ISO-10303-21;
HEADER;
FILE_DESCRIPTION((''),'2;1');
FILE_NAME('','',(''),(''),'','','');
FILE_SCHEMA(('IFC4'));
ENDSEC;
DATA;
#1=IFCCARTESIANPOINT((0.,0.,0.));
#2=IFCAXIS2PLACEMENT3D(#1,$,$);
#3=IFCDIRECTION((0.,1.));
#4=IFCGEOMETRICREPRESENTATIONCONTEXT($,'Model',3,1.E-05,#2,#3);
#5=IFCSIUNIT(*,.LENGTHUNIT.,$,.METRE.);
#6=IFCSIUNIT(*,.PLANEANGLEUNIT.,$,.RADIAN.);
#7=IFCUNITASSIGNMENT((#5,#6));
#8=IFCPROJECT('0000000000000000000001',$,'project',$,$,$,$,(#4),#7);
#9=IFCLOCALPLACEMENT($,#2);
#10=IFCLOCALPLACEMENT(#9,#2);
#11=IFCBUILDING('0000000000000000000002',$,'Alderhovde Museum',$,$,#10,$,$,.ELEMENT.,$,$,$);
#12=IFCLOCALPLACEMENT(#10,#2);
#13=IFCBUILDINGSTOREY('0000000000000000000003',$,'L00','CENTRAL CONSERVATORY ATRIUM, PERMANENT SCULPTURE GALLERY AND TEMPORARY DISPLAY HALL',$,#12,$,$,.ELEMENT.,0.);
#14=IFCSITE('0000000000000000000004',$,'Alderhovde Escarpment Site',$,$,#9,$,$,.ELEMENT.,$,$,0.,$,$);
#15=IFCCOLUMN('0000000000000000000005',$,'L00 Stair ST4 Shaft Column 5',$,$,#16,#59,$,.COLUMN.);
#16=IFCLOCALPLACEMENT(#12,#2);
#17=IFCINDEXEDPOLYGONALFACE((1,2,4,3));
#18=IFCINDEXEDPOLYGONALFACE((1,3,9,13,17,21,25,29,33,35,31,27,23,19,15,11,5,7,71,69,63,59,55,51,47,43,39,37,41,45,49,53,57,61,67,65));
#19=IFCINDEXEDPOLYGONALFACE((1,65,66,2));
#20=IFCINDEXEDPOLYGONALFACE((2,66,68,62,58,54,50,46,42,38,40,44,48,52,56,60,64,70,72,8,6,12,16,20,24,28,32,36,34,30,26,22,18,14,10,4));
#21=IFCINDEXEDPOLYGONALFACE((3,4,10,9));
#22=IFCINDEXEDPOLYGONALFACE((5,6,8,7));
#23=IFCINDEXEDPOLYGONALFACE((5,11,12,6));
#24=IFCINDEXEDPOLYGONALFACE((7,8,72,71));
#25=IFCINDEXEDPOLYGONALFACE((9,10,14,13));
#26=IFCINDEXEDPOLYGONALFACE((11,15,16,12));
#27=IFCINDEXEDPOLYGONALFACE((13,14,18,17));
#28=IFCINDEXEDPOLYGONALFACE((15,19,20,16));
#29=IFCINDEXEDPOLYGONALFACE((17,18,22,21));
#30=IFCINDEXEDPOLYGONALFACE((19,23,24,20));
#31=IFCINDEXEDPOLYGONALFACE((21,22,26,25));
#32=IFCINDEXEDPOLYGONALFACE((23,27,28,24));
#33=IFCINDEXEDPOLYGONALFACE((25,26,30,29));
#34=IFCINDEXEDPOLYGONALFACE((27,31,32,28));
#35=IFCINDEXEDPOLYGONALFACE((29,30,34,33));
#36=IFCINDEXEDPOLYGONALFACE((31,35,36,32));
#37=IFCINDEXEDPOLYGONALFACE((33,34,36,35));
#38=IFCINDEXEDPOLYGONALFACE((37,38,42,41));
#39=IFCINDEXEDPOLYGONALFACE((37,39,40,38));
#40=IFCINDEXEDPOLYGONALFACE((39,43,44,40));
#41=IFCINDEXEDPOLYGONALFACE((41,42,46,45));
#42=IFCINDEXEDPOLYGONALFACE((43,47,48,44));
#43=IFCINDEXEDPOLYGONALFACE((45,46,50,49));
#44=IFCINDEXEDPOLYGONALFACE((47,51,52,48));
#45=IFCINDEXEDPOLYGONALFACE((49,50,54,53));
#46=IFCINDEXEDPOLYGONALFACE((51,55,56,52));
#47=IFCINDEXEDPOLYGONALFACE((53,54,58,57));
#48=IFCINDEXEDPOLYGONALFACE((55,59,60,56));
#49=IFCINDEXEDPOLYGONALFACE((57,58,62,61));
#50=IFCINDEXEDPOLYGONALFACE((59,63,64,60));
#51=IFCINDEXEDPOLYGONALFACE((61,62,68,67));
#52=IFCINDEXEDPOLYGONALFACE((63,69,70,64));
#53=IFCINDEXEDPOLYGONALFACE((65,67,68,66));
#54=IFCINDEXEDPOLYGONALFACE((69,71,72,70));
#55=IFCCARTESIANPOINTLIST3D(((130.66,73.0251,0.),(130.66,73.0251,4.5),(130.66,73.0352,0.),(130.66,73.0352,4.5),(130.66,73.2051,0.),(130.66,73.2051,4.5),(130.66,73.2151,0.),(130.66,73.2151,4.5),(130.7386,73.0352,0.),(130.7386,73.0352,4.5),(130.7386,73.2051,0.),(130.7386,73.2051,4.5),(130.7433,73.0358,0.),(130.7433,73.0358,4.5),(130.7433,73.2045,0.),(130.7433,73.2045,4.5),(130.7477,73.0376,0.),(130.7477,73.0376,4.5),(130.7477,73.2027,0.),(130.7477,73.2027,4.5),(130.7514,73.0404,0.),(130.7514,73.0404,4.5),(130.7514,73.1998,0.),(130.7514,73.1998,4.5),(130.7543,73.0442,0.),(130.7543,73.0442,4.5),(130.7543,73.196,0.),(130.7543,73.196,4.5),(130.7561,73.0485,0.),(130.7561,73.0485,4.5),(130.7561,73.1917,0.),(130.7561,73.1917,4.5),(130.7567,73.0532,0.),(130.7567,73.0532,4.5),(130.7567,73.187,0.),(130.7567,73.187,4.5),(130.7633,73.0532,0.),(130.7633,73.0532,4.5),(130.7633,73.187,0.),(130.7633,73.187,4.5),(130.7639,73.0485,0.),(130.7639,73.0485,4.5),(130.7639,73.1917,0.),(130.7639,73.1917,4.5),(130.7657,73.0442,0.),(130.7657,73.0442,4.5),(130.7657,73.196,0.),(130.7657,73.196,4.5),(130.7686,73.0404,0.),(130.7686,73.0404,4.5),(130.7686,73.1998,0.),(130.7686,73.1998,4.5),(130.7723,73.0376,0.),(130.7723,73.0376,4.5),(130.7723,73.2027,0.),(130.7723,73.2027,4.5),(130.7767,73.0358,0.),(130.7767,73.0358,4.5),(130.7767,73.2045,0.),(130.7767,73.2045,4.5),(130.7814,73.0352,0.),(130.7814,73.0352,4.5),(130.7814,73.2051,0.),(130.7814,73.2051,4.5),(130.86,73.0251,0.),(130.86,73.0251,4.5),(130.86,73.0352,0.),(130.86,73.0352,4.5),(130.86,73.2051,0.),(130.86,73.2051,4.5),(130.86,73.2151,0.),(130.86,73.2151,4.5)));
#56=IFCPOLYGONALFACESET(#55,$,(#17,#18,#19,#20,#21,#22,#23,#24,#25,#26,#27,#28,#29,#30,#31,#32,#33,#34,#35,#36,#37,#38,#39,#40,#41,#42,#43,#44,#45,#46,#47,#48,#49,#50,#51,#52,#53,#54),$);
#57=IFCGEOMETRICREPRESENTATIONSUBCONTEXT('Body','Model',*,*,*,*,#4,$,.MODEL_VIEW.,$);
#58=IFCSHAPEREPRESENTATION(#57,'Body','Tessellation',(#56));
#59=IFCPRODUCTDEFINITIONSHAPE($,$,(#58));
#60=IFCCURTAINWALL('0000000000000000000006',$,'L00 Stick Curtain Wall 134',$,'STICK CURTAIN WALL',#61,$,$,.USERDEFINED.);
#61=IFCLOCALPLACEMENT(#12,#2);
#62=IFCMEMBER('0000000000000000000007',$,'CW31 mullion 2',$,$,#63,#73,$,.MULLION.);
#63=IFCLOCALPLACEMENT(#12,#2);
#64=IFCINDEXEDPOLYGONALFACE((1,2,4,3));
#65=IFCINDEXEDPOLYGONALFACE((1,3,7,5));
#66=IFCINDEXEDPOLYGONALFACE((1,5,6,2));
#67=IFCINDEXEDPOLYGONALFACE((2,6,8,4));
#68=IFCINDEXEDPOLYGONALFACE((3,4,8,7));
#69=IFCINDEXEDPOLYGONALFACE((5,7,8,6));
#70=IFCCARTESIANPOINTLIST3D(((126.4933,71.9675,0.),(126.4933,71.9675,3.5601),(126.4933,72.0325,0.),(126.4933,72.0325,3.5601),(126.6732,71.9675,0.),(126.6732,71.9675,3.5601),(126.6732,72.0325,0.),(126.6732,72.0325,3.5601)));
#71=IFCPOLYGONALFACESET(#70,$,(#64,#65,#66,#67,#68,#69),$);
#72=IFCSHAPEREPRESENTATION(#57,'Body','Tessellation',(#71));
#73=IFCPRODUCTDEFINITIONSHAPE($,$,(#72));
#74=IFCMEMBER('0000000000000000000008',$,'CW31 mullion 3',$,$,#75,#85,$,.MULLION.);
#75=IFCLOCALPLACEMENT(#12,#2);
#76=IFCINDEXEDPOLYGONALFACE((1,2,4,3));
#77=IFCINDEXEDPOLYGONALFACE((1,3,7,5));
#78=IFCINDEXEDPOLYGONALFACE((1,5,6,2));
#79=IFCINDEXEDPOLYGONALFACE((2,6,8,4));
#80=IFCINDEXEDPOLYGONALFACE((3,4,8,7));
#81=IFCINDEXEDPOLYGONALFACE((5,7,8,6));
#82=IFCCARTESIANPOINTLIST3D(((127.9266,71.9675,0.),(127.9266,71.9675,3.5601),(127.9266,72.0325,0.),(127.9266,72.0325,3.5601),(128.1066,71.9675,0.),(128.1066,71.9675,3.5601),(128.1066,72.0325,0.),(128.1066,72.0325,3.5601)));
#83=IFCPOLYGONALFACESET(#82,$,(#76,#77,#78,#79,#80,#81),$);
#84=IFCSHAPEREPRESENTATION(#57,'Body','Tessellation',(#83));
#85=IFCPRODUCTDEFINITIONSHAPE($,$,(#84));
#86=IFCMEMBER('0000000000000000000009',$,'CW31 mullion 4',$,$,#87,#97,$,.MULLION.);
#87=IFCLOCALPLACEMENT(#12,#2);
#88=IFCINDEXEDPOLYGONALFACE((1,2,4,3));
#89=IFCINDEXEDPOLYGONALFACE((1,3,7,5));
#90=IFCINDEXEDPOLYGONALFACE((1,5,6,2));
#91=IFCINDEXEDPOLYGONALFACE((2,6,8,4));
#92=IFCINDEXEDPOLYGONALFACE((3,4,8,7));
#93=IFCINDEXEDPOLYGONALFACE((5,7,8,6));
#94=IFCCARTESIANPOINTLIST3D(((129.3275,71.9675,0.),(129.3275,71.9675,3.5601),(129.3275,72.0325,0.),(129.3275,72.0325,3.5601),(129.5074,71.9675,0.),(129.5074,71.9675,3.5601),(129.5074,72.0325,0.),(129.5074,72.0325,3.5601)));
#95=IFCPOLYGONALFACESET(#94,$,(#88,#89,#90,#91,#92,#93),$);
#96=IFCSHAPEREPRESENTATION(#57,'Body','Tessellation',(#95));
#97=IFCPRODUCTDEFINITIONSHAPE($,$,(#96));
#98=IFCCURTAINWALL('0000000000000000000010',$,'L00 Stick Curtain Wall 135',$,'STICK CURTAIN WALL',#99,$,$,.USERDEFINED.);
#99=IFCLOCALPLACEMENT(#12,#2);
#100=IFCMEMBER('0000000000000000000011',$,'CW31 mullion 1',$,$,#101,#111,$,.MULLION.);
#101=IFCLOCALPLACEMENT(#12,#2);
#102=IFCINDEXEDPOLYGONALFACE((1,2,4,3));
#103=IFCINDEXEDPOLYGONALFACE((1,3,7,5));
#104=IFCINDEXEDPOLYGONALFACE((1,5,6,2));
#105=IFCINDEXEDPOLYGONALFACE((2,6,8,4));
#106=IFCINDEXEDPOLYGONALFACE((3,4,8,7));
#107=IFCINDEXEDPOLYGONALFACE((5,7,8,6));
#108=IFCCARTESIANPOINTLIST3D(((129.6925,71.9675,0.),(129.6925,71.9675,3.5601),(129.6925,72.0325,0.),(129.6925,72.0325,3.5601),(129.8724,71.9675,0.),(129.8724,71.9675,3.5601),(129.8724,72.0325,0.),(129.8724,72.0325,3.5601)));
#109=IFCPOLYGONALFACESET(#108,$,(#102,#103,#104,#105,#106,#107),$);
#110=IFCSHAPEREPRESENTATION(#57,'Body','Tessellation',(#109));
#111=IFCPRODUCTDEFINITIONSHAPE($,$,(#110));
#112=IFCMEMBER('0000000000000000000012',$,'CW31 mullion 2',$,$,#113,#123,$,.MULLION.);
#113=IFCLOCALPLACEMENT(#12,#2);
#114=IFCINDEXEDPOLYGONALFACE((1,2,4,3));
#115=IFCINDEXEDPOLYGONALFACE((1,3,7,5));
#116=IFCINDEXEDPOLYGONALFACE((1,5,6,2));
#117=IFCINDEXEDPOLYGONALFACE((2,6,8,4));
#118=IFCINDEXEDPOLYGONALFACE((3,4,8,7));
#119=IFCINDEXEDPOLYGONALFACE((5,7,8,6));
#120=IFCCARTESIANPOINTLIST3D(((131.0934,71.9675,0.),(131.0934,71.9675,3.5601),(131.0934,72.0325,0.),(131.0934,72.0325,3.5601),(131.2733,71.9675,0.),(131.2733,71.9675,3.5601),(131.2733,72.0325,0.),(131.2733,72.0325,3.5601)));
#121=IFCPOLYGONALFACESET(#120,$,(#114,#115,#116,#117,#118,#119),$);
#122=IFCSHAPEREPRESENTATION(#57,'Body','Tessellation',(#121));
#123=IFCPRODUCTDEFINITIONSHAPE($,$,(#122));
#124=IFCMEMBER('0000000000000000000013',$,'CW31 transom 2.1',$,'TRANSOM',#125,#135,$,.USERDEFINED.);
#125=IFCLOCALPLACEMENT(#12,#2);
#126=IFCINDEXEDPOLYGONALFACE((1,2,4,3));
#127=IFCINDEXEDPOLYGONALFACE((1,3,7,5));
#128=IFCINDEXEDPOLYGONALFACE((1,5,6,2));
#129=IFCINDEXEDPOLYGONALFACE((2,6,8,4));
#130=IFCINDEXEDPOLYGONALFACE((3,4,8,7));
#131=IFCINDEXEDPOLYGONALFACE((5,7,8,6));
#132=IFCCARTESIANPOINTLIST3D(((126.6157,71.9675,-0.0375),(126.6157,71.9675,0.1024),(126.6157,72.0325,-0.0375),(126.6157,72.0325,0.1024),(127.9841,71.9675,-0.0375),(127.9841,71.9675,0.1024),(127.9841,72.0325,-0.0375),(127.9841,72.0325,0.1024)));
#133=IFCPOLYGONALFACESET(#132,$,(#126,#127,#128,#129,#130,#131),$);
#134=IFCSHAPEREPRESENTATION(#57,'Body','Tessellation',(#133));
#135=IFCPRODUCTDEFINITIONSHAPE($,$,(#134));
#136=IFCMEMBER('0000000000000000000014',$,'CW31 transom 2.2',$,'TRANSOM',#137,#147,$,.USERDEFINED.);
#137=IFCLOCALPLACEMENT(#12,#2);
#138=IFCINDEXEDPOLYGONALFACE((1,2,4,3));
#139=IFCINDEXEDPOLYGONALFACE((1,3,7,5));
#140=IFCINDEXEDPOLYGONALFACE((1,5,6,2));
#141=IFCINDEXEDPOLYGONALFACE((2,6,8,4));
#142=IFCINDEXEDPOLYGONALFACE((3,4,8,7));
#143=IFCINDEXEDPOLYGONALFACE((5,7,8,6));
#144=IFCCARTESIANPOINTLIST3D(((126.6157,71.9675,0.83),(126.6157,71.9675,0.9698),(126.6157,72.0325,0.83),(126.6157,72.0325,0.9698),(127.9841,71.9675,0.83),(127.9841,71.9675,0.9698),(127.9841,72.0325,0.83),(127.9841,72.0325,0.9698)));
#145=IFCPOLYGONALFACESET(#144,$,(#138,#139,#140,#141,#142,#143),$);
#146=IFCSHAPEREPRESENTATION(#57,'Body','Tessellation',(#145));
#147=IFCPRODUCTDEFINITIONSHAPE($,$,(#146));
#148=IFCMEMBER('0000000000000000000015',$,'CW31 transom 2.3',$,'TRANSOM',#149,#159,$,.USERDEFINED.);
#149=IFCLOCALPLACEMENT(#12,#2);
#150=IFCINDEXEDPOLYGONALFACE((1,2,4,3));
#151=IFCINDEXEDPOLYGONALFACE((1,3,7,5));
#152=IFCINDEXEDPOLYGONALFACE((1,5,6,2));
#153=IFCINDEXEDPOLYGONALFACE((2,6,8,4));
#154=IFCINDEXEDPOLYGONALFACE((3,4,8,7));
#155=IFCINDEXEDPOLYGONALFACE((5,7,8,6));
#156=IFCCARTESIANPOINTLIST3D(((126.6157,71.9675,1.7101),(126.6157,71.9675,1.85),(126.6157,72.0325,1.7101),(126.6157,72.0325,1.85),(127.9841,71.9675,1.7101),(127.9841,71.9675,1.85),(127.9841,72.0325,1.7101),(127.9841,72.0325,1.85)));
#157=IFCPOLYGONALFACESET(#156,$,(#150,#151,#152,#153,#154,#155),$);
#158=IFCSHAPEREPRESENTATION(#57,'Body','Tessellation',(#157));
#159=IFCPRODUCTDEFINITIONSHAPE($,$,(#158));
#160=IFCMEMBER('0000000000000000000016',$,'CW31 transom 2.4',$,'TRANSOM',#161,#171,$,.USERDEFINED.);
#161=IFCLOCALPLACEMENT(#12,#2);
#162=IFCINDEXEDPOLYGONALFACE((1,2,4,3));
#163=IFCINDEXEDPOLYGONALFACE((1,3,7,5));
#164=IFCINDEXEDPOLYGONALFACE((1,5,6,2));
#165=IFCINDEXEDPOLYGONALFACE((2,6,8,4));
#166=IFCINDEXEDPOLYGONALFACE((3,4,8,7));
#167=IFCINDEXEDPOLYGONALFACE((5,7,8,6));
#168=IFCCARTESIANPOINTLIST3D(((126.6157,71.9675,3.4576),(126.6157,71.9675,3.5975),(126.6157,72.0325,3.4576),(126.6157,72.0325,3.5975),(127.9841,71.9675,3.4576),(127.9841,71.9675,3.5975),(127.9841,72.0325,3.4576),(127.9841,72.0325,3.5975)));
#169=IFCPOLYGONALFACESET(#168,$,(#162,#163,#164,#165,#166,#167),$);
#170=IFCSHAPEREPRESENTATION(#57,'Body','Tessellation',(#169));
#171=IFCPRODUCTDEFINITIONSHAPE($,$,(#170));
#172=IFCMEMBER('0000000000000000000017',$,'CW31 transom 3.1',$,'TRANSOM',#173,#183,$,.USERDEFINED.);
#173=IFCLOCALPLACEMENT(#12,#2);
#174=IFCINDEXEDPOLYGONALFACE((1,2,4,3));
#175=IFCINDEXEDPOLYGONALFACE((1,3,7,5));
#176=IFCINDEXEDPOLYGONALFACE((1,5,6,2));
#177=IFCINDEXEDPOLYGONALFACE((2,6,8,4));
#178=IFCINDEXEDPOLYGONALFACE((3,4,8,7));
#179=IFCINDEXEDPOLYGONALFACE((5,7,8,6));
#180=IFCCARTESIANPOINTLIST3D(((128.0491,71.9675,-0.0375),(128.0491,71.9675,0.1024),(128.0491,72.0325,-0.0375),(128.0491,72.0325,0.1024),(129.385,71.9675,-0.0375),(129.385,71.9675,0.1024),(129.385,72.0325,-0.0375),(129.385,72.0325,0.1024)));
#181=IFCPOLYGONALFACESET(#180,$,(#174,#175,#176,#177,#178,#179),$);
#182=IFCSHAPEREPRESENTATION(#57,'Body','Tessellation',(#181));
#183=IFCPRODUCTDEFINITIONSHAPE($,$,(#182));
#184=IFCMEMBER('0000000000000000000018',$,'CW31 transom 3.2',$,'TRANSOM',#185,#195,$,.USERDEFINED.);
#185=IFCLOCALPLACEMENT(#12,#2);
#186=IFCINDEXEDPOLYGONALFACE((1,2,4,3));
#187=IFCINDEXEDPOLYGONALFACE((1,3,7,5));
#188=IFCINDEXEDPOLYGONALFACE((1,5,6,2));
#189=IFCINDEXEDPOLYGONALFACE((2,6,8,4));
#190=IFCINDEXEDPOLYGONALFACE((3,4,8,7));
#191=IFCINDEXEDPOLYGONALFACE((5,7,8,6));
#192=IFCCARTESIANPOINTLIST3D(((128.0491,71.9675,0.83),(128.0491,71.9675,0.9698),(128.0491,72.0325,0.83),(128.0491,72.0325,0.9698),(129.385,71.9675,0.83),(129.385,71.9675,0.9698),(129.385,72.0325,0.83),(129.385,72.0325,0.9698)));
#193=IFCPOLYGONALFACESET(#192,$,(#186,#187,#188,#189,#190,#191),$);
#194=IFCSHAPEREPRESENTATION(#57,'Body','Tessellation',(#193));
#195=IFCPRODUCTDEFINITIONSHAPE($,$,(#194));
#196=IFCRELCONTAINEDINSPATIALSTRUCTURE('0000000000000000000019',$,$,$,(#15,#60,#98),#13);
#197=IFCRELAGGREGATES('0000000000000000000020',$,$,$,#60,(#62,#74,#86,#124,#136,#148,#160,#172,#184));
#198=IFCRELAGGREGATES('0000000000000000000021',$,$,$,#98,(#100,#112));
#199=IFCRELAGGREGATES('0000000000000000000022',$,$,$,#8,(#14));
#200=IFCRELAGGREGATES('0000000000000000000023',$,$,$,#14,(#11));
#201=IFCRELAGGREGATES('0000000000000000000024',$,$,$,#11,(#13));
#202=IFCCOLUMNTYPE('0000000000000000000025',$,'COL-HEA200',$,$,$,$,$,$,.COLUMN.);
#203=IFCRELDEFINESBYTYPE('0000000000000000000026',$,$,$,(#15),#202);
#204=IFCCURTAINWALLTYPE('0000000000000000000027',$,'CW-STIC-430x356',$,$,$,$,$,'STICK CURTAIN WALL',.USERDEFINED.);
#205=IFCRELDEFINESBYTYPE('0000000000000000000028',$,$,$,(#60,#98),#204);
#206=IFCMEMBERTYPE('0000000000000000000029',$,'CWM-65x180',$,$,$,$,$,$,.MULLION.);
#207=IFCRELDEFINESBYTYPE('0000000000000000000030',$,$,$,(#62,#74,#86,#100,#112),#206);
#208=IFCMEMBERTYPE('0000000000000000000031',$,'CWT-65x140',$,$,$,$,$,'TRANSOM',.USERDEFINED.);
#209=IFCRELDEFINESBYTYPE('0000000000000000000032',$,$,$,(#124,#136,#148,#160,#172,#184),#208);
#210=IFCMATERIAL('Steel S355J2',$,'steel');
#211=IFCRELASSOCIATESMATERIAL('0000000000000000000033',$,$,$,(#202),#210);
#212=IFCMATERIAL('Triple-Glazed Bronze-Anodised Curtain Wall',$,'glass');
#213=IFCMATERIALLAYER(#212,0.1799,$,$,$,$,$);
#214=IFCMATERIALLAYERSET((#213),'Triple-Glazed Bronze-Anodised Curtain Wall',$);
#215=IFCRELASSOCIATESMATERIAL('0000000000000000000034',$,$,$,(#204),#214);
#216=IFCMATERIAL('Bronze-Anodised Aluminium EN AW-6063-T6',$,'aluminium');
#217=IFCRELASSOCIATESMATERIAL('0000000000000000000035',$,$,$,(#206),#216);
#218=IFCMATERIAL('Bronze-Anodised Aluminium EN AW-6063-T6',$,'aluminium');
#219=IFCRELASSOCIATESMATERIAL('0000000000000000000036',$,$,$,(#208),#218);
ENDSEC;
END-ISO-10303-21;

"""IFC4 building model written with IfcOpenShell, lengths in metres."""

from ifc_helpers import new_model, si_unit, direction, frame, origin, origin_2d, place, context, subcontext, project, spatial, rectangle, i_section, extrude, material, layer, layer_set, material_profile, profile_set, type_object, element, aggregate, save


model = new_model("IFC4")

# Units and contexts
model_context = context("Model", 3, precision=1e-05, world=origin(), true_north=direction((0.0, 1.0)))
body_context = subcontext(model_context, "Body", "Model", "MODEL_VIEW")
ifc_project = project(units=[si_unit("LENGTHUNIT", "METRE"), si_unit("PLANEANGLEUNIT", "RADIAN")], contexts=[model_context])

# Site, building, storey
site_placement = place(None, origin())
site = spatial("IfcSite", under=ifc_project, at=site_placement, Name="Alderhovde Escarpment Site", CompositionType="ELEMENT", RefElevation=0.0)
building_placement = place(site_placement, origin())
building = spatial("IfcBuilding", under=site, at=building_placement, Name="Alderhovde Museum", CompositionType="ELEMENT")
storey_placement = place(building_placement, origin())
storey = spatial("IfcBuildingStorey", under=building, at=storey_placement, Name="L00", Description="CENTRAL CONSERVATORY ATRIUM, PERMANENT SCULPTURE GALLERY AND TEMPORARY DISPLAY HALL", CompositionType="ELEMENT", Elevation=0.0)

# Column
ifc_material_1 = material(Name="Steel S355J2", Category="steel")
ifc_material_profile_1 = material_profile(ifc_material_1, i_section(OverallWidth=0.2, OverallDepth=0.1899, WebThickness=0.0066, FlangeThickness=0.01, FilletRadius=0.0181, at=origin_2d()), Name="HEA 200")
ifc_profile_set_1 = profile_set([ifc_material_profile_1], Name="Steel S355J2")
column_type = type_object("IfcColumnType", Name="COL-HEA200", PredefinedType="COLUMN", material=ifc_profile_set_1)
column_placement = place(storey_placement, frame((130.76, 73.1201, 0.0), z_axis=(0.0, 0.0, 1.0), x_axis=(1.0, 0.0, 0.0)))
element("IfcColumn", 1, at=column_placement, inside=storey, type_object=column_type, Name="L00 Stair ST4 Shaft Column 5", PredefinedType="COLUMN", context=body_context, shape_type="SweptSolid", body=[
    extrude(i_section(OverallWidth=0.2, OverallDepth=0.1899, WebThickness=0.0066, FlangeThickness=0.01, FilletRadius=0.0181, at=origin_2d()), origin(), (0.0, 0.0, 1.0), 4.5),
])

# Curtain walls, members
ifc_material_2 = material(Name="Triple-Glazed Bronze-Anodised Curtain Wall", Category="glass")
ifc_layer_1 = layer(ifc_material_2, 0.1799)
ifc_layer_set_1 = layer_set([ifc_layer_1], Name="Triple-Glazed Bronze-Anodised Curtain Wall")
curtain_wall_type = type_object("IfcCurtainWallType", Name="CW-STIC-430x356", ElementType="STICK CURTAIN WALL", PredefinedType="USERDEFINED", material=ifc_layer_set_1)
curtain_wall_1_placement = place(storey_placement, origin())
curtain_wall_1 = element("IfcCurtainWall", 2, at=curtain_wall_1_placement, inside=storey, type_object=curtain_wall_type, Name="L00 Stick Curtain Wall 134", ObjectType="STICK CURTAIN WALL", PredefinedType="USERDEFINED")
ifc_material_3 = material(Name="Bronze-Anodised Aluminium EN AW-6063-T6", Category="aluminium")
ifc_material_profile_2 = material_profile(ifc_material_3, rectangle(XDim=0.0649, YDim=0.1799, at=origin_2d()), Name="MULLION 65x180")
ifc_profile_set_2 = profile_set([ifc_material_profile_2], Name="Bronze-Anodised Aluminium EN AW-6063-T6")
member_type_1 = type_object("IfcMemberType", Name="CWM-65x180", PredefinedType="MULLION", material=ifc_profile_set_2)
member_1_placement = place(storey_placement, frame((126.5833, 72.0, 0.0), z_axis=(0.0, 0.0, 1.0), x_axis=(0.0, 1.0, 0.0)))
member_1 = element("IfcMember", 3, at=member_1_placement, type_object=member_type_1, Name="CW31 mullion 2", PredefinedType="MULLION", context=body_context, shape_type="SweptSolid", body=[
    extrude(rectangle(XDim=0.0649, YDim=0.1799, at=origin_2d()), origin(), (0.0, 0.0, 1.0), 3.5601),
])
member_2_placement = place(storey_placement, frame((128.0166, 72.0, 0.0), z_axis=(0.0, 0.0, 1.0), x_axis=(0.0, 1.0, 0.0)))
member_2 = element("IfcMember", 4, at=member_2_placement, type_object=member_type_1, Name="CW31 mullion 3", PredefinedType="MULLION", context=body_context, shape_type="SweptSolid", body=[
    extrude(rectangle(XDim=0.0649, YDim=0.1799, at=origin_2d()), origin(), (0.0, 0.0, 1.0), 3.5601),
])
member_3_placement = place(storey_placement, frame((129.4175, 72.0, 0.0), z_axis=(0.0, 0.0, 1.0), x_axis=(0.0, 1.0, 0.0)))
member_3 = element("IfcMember", 5, at=member_3_placement, type_object=member_type_1, Name="CW31 mullion 4", PredefinedType="MULLION", context=body_context, shape_type="SweptSolid", body=[
    extrude(rectangle(XDim=0.0649, YDim=0.1799, at=origin_2d()), origin(), (0.0, 0.0, 1.0), 3.5601),
])
curtain_wall_2_placement = place(storey_placement, origin())
curtain_wall_2 = element("IfcCurtainWall", 6, at=curtain_wall_2_placement, inside=storey, type_object=curtain_wall_type, Name="L00 Stick Curtain Wall 135", ObjectType="STICK CURTAIN WALL", PredefinedType="USERDEFINED")
member_4_placement = place(storey_placement, frame((129.7825, 72.0, 0.0), z_axis=(0.0, 0.0, 1.0), x_axis=(0.0, 1.0, 0.0)))
member_4 = element("IfcMember", 7, at=member_4_placement, type_object=member_type_1, Name="CW31 mullion 1", PredefinedType="MULLION", context=body_context, shape_type="SweptSolid", body=[
    extrude(rectangle(XDim=0.0649, YDim=0.1799, at=origin_2d()), origin(), (0.0, 0.0, 1.0), 3.5601),
])
member_5_placement = place(storey_placement, frame((131.1833, 72.0, 0.0), z_axis=(0.0, 0.0, 1.0), x_axis=(0.0, 1.0, 0.0)))
member_5 = element("IfcMember", 8, at=member_5_placement, type_object=member_type_1, Name="CW31 mullion 2", PredefinedType="MULLION", context=body_context, shape_type="SweptSolid", body=[
    extrude(rectangle(XDim=0.0649, YDim=0.1799, at=origin_2d()), origin(), (0.0, 0.0, 1.0), 3.5601),
])

# Members
ifc_material_4 = material(Name="Bronze-Anodised Aluminium EN AW-6063-T6", Category="aluminium")
ifc_material_profile_3 = material_profile(ifc_material_4, rectangle(XDim=0.0649, YDim=0.1399, at=origin_2d()), Name="TRANSOM 65x140")
ifc_profile_set_3 = profile_set([ifc_material_profile_3], Name="Bronze-Anodised Aluminium EN AW-6063-T6")
member_type_2 = type_object("IfcMemberType", Name="CWT-65x140", ElementType="TRANSOM", PredefinedType="USERDEFINED", material=ifc_profile_set_3)
member_6_placement = place(storey_placement, frame((126.6157, 72.0, 0.0325), z_axis=(1.0, 0.0, 0.0), x_axis=(0.0, 1.0, 0.0)))
member_6 = element("IfcMember", 9, at=member_6_placement, type_object=member_type_2, Name="CW31 transom 2.1", ObjectType="TRANSOM", PredefinedType="USERDEFINED", context=body_context, shape_type="SweptSolid", body=[
    extrude(rectangle(XDim=0.0649, YDim=0.1399, at=origin_2d()), origin(), (0.0, 0.0, 1.0), 1.3684),
])
member_7_placement = place(storey_placement, frame((126.6157, 72.0, 0.8999), z_axis=(1.0, 0.0, 0.0), x_axis=(0.0, 1.0, 0.0)))
member_7 = element("IfcMember", 10, at=member_7_placement, type_object=member_type_2, Name="CW31 transom 2.2", ObjectType="TRANSOM", PredefinedType="USERDEFINED", context=body_context, shape_type="SweptSolid", body=[
    extrude(rectangle(XDim=0.0649, YDim=0.1399, at=origin_2d()), origin(), (0.0, 0.0, 1.0), 1.3684),
])
member_8_placement = place(storey_placement, frame((126.6157, 72.0, 1.78), z_axis=(1.0, 0.0, 0.0), x_axis=(0.0, 1.0, 0.0)))
member_8 = element("IfcMember", 11, at=member_8_placement, type_object=member_type_2, Name="CW31 transom 2.3", ObjectType="TRANSOM", PredefinedType="USERDEFINED", context=body_context, shape_type="SweptSolid", body=[
    extrude(rectangle(XDim=0.0649, YDim=0.1399, at=origin_2d()), origin(), (0.0, 0.0, 1.0), 1.3684),
])
member_9_placement = place(storey_placement, frame((126.6157, 72.0, 3.5276), z_axis=(1.0, 0.0, 0.0), x_axis=(0.0, 1.0, 0.0)))
member_9 = element("IfcMember", 12, at=member_9_placement, type_object=member_type_2, Name="CW31 transom 2.4", ObjectType="TRANSOM", PredefinedType="USERDEFINED", context=body_context, shape_type="SweptSolid", body=[
    extrude(rectangle(XDim=0.0649, YDim=0.1399, at=origin_2d()), origin(), (0.0, 0.0, 1.0), 1.3684),
])
member_10_placement = place(storey_placement, frame((128.0491, 72.0, 0.0325), z_axis=(1.0, 0.0, 0.0), x_axis=(0.0, 1.0, 0.0)))
member_10 = element("IfcMember", 13, at=member_10_placement, type_object=member_type_2, Name="CW31 transom 3.1", ObjectType="TRANSOM", PredefinedType="USERDEFINED", context=body_context, shape_type="SweptSolid", body=[
    extrude(rectangle(XDim=0.0649, YDim=0.1399, at=origin_2d()), origin(), (0.0, 0.0, 1.0), 1.3359),
])
member_11_placement = place(storey_placement, frame((128.0491, 72.0, 0.8999), z_axis=(1.0, 0.0, 0.0), x_axis=(0.0, 1.0, 0.0)))
member_11 = element("IfcMember", 14, at=member_11_placement, type_object=member_type_2, Name="CW31 transom 3.2", ObjectType="TRANSOM", PredefinedType="USERDEFINED", context=body_context, shape_type="SweptSolid", body=[
    extrude(rectangle(XDim=0.0649, YDim=0.1399, at=origin_2d()), origin(), (0.0, 0.0, 1.0), 1.3359),
])

aggregate(curtain_wall_1, [member_1, member_2, member_3, member_6, member_7, member_8, member_9, member_10, member_11])
aggregate(curtain_wall_2, [member_4, member_5])

save(model, "model.ifc")
